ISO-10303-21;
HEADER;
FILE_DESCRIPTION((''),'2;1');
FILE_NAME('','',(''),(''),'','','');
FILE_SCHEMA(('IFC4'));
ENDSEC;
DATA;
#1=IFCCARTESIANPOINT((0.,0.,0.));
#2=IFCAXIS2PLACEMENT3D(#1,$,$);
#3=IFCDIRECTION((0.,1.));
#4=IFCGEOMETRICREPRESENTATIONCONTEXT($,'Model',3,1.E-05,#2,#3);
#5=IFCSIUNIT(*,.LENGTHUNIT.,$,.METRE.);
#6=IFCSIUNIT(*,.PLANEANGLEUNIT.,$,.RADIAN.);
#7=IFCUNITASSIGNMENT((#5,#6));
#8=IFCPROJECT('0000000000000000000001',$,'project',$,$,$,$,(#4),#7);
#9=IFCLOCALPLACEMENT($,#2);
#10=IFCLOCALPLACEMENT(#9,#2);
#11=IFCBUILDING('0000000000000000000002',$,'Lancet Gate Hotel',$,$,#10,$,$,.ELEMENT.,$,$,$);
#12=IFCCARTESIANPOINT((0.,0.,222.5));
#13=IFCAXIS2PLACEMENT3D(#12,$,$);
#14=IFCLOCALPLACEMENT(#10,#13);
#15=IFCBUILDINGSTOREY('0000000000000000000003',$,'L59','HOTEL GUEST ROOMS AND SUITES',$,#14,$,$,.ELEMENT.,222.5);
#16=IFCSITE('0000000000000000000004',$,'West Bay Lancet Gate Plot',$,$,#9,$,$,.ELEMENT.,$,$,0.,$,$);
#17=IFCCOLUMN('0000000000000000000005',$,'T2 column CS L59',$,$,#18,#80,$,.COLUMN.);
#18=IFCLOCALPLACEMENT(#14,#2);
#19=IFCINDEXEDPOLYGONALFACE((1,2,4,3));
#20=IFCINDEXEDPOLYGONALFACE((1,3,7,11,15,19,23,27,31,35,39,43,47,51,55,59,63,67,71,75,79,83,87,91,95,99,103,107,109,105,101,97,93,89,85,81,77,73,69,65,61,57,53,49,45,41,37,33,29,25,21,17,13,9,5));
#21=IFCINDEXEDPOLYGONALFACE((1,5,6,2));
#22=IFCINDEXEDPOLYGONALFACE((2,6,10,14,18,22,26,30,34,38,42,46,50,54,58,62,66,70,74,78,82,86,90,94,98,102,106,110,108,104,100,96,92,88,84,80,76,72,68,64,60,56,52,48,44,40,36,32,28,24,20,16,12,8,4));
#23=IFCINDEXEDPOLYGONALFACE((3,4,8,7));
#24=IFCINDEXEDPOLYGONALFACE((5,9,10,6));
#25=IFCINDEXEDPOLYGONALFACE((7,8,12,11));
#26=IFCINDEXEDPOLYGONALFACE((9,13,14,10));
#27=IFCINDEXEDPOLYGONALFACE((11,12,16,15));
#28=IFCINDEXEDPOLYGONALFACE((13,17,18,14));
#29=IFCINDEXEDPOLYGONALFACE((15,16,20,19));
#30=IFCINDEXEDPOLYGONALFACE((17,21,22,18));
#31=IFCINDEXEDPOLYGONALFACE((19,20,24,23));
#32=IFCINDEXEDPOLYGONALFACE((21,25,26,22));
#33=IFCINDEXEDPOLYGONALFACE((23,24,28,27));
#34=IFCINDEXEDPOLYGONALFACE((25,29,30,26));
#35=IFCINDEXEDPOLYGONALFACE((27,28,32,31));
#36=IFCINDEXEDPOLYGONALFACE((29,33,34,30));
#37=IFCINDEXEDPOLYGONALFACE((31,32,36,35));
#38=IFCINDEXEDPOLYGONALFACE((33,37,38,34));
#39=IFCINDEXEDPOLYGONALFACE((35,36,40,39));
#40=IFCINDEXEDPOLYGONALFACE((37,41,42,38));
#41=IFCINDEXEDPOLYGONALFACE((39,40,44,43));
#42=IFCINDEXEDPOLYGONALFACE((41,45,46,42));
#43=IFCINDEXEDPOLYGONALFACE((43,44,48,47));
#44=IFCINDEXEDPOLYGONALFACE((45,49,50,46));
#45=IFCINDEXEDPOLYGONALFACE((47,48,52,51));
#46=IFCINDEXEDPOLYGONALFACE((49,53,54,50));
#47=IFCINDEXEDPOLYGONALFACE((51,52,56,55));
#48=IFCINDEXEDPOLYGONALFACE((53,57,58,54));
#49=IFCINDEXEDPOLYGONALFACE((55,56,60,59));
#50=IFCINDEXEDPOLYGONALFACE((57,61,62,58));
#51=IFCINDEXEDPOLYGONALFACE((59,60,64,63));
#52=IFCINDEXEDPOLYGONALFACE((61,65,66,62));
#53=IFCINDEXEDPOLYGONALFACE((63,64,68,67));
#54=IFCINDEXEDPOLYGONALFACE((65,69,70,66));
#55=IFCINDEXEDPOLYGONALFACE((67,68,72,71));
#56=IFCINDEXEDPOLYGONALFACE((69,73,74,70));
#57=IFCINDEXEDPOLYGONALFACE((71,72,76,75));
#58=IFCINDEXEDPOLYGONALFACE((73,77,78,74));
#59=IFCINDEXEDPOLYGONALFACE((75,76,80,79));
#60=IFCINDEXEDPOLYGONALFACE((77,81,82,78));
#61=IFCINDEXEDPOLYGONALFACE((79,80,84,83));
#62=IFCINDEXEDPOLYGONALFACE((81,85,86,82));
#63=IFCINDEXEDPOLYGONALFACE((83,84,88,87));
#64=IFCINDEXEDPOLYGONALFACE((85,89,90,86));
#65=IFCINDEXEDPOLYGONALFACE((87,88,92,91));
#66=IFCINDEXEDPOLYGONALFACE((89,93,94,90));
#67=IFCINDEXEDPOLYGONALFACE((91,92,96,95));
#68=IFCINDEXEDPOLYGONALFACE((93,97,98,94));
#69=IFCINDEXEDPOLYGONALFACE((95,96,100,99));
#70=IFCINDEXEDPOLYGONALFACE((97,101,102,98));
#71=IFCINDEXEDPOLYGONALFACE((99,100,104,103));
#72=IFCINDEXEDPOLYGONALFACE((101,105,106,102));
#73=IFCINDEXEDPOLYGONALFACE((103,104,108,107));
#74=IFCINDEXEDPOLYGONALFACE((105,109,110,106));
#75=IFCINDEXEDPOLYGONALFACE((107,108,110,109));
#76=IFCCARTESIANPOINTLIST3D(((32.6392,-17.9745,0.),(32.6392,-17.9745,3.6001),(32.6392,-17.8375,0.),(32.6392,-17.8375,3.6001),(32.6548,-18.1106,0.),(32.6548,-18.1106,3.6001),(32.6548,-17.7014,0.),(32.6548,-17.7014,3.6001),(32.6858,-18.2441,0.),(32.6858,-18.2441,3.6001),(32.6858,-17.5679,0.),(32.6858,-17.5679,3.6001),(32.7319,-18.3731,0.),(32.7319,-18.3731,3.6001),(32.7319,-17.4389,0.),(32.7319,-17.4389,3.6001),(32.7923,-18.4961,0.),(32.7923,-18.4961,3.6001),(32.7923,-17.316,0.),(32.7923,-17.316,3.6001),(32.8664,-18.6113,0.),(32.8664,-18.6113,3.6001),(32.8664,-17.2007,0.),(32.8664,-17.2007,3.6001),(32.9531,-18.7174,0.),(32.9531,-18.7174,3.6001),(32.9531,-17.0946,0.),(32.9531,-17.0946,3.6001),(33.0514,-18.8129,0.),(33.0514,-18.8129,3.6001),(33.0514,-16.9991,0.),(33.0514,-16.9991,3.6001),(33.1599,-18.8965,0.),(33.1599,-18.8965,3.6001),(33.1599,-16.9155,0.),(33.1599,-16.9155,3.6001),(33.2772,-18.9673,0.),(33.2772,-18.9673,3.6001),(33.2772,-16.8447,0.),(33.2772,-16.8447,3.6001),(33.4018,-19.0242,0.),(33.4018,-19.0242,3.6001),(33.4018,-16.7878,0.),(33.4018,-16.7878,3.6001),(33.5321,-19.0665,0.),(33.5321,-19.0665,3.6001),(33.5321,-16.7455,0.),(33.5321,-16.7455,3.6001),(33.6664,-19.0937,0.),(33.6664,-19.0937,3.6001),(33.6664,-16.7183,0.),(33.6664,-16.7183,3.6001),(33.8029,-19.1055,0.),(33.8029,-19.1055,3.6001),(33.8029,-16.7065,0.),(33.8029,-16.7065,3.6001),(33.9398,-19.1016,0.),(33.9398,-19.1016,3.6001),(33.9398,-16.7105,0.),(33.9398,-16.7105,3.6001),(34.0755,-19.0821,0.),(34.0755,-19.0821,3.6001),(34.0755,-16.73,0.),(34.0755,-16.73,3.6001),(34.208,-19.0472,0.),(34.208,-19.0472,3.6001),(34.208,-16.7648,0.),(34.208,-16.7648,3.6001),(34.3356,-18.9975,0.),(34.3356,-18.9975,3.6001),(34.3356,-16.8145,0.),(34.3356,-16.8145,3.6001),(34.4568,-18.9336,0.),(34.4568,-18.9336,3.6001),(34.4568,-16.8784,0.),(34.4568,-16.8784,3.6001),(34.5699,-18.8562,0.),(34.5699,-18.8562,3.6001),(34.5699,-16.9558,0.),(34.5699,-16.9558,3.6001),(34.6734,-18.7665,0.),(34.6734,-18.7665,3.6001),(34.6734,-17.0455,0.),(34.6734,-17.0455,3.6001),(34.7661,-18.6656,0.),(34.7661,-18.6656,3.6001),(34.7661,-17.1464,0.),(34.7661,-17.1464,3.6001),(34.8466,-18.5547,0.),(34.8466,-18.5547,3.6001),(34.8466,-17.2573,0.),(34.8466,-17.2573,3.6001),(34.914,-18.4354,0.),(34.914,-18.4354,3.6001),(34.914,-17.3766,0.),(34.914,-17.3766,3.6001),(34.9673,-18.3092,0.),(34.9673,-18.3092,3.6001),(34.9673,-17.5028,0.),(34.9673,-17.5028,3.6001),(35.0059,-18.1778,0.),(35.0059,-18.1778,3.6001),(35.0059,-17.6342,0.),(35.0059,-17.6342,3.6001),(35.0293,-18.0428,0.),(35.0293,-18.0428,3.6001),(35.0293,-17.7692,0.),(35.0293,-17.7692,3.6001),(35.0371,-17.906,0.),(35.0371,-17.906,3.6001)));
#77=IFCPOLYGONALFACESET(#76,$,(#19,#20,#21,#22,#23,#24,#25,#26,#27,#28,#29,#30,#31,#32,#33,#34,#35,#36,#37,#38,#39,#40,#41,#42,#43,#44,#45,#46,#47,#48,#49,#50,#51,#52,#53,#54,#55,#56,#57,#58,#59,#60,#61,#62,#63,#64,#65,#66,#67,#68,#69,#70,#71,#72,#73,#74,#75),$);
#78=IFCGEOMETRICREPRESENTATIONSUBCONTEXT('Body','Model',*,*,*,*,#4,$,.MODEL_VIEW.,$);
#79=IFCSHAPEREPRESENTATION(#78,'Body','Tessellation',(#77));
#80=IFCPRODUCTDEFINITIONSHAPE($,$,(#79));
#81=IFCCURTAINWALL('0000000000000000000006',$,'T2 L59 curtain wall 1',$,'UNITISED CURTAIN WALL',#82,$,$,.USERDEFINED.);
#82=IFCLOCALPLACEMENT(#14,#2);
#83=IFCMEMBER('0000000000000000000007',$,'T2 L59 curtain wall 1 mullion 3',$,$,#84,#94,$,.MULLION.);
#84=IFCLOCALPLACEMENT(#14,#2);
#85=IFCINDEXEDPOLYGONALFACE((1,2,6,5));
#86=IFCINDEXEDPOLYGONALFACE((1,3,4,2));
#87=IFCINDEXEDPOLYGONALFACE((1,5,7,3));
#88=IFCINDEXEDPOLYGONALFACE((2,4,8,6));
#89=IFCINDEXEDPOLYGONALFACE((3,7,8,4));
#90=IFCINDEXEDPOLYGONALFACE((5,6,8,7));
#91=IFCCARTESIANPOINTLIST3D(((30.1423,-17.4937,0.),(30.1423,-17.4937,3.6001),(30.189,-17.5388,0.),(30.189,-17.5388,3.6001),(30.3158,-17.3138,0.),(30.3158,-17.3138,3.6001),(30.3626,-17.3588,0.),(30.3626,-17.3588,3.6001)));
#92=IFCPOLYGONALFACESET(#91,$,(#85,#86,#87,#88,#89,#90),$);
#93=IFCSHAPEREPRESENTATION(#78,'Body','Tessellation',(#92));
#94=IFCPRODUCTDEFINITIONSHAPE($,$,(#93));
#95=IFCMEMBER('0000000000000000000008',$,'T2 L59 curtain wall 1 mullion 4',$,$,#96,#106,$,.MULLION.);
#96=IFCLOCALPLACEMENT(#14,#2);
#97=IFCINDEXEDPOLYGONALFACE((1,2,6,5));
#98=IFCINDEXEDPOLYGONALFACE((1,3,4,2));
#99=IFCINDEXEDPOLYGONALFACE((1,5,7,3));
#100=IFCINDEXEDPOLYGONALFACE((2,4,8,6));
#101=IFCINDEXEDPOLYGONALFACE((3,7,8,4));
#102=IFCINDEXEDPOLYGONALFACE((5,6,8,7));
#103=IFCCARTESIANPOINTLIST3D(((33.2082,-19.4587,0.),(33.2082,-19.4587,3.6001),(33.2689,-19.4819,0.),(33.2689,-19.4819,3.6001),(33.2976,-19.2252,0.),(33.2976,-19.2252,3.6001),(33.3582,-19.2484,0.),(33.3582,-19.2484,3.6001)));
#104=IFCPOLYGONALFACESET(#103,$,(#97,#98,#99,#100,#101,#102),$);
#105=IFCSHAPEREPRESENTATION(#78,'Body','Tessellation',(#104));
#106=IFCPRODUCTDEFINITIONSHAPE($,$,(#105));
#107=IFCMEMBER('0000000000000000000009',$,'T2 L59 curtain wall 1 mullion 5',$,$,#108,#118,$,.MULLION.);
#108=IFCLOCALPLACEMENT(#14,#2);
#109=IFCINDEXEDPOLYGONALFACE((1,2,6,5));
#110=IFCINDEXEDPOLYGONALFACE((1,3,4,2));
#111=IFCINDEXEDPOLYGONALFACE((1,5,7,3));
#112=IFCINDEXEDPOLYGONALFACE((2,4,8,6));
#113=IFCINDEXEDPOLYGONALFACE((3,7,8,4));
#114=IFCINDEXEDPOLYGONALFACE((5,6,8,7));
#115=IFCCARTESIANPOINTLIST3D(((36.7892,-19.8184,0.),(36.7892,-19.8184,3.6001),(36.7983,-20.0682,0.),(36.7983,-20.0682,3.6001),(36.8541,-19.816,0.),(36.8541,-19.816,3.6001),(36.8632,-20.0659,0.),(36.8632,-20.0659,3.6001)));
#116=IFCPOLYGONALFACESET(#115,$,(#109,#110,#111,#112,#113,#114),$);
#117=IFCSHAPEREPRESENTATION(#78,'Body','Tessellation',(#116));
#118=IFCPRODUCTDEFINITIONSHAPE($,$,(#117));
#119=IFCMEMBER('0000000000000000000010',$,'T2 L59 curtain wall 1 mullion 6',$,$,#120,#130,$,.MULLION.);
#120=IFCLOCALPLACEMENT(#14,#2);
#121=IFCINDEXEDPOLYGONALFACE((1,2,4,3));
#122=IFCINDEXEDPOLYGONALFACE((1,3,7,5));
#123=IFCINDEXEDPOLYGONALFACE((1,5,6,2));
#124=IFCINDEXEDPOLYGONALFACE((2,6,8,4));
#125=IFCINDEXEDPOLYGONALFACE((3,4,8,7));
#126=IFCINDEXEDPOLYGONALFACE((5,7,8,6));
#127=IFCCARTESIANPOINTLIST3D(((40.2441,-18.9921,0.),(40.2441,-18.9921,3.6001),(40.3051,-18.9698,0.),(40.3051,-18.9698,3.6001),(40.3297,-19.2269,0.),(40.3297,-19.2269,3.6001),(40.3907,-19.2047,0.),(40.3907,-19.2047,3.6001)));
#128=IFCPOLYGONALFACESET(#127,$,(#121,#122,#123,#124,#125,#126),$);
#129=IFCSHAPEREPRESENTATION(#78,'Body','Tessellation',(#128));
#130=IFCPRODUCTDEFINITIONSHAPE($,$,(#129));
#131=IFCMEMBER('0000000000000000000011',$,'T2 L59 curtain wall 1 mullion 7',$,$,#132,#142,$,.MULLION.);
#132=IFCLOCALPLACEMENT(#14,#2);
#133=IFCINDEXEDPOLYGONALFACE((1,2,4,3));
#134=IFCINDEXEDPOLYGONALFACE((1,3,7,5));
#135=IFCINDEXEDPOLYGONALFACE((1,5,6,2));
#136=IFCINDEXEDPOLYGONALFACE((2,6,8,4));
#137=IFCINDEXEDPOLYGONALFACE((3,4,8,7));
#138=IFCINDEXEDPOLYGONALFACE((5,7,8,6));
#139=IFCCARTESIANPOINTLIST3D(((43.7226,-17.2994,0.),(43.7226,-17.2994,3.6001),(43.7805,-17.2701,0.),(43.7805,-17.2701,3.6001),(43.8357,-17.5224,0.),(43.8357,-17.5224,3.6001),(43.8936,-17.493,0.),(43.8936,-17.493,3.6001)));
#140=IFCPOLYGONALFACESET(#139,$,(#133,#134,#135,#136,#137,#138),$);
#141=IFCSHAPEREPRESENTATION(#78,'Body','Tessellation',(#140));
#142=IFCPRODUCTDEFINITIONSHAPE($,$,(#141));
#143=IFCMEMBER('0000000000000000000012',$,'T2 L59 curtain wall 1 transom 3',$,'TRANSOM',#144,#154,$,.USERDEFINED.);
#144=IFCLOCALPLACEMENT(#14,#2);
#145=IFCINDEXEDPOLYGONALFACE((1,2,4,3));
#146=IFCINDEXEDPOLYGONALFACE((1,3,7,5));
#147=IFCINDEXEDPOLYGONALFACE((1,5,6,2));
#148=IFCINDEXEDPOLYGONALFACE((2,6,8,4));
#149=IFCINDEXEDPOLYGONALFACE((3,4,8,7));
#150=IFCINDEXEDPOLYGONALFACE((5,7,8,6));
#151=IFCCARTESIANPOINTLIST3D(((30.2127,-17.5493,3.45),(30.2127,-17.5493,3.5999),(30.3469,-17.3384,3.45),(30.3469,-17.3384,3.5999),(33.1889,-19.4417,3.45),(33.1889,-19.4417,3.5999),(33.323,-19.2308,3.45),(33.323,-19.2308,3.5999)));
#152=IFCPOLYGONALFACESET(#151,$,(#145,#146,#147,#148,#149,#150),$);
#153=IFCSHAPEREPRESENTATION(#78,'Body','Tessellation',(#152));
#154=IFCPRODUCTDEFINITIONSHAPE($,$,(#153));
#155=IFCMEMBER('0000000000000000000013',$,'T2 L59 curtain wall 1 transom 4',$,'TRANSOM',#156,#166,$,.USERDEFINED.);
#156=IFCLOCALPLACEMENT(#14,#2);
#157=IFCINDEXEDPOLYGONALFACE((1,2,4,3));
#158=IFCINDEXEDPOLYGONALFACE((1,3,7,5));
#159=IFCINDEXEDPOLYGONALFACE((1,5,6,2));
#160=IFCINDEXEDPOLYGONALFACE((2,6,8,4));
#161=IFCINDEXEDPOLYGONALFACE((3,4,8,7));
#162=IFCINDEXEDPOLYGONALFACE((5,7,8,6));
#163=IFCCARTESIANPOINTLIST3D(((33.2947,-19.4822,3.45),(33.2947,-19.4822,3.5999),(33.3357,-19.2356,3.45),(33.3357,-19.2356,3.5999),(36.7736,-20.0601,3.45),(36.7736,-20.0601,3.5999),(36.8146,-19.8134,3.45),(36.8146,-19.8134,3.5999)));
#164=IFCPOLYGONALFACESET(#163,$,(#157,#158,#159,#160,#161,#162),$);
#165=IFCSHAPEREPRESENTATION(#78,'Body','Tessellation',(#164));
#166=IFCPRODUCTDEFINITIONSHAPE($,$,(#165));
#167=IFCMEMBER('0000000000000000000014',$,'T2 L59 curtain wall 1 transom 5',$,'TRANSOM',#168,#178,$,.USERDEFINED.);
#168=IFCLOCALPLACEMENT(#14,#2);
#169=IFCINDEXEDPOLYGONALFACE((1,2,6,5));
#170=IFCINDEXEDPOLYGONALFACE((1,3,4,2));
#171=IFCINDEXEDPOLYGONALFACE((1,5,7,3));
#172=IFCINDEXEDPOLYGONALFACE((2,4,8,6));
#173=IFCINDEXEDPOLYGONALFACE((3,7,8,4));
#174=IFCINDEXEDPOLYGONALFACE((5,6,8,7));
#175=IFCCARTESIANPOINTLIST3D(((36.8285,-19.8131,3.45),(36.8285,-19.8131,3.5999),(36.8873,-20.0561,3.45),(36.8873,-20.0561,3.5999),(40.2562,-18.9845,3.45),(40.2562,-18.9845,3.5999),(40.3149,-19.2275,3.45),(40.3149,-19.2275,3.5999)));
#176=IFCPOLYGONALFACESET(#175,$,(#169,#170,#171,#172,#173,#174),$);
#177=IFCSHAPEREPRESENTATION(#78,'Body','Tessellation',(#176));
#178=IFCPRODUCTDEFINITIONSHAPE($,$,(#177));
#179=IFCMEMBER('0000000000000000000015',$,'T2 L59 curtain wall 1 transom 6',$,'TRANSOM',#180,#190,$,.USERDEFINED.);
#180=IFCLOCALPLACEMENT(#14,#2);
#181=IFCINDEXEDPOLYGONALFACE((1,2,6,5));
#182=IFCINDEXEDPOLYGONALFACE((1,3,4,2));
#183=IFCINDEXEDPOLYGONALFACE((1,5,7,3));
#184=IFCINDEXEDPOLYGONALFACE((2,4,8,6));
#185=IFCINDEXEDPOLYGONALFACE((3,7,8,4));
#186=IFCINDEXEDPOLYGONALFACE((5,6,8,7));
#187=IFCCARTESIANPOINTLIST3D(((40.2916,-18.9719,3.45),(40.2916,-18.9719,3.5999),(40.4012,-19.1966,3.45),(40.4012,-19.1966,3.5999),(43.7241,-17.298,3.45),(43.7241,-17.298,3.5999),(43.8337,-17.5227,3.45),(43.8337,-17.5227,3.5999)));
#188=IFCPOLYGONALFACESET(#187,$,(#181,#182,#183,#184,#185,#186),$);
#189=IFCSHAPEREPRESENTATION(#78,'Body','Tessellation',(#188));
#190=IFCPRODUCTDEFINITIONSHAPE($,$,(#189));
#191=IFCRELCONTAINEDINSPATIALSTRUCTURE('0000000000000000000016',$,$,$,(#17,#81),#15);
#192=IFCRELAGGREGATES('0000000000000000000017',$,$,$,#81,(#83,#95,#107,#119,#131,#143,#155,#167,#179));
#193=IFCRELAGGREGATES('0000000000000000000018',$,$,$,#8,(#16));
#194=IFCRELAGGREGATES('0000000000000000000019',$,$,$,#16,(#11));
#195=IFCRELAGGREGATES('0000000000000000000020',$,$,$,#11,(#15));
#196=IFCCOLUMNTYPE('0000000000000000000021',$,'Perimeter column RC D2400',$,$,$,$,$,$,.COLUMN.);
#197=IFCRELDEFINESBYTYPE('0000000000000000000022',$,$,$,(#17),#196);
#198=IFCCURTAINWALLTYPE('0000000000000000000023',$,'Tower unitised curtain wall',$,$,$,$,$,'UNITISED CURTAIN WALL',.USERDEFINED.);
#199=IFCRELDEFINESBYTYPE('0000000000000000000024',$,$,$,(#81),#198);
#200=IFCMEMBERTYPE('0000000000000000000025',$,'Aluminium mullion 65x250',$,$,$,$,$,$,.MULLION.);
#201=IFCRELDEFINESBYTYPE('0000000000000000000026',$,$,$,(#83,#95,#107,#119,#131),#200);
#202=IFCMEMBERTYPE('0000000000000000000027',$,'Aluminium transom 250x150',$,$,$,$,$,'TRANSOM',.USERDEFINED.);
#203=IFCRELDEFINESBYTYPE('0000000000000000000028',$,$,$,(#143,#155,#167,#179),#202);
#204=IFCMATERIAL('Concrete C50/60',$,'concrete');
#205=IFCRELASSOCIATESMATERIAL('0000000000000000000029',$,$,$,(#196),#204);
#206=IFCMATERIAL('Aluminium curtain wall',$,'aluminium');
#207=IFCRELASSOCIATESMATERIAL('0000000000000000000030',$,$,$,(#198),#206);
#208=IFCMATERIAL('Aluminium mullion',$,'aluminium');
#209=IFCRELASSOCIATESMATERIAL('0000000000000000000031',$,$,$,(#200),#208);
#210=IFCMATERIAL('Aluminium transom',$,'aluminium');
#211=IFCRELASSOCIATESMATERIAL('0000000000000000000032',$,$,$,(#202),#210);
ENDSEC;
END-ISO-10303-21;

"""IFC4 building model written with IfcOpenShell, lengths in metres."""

from ifc_helpers import new_model, si_unit, direction, frame, origin, origin_2d, place, context, subcontext, project, spatial, rectangle, circle, extrude, material, material_profile, profile_set, type_object, element, aggregate, save


model = new_model("IFC4")

# Units and contexts
model_context = context("Model", 3, precision=1e-05, world=origin(), true_north=direction((0.0, 1.0)))
body_context = subcontext(model_context, "Body", "Model", "MODEL_VIEW")
ifc_project = project(units=[si_unit("LENGTHUNIT", "METRE"), si_unit("PLANEANGLEUNIT", "RADIAN")], contexts=[model_context])

# Site, building, storey
site_placement = place(None, origin())
site = spatial("IfcSite", under=ifc_project, at=site_placement, Name="West Bay Lancet Gate Plot", CompositionType="ELEMENT", RefElevation=0.0)
building_placement = place(site_placement, origin())
building = spatial("IfcBuilding", under=site, at=building_placement, Name="Lancet Gate Hotel", CompositionType="ELEMENT")
storey_placement = place(building_placement, frame((0.0, 0.0, 222.5)))
storey = spatial("IfcBuildingStorey", under=building, at=storey_placement, Name="L59", Description="HOTEL GUEST ROOMS AND SUITES", CompositionType="ELEMENT", Elevation=222.5)

# Column
ifc_material_1 = material(Name="Concrete C50/60", Category="concrete")
ifc_material_profile_1 = material_profile(ifc_material_1, circle(Radius=1.2, at=origin_2d()), Name="RC D2400")
ifc_profile_set_1 = profile_set([ifc_material_profile_1], Name="Concrete C50/60")
column_type = type_object("IfcColumnType", Name="Perimeter column RC D2400", PredefinedType="COLUMN", material=ifc_profile_set_1)
column_placement = place(storey_placement, frame((33.8372, -17.906, 0.0), z_axis=(0.0, 0.0, 1.0), x_axis=(1.0, 0.0, 0.0)))
element("IfcColumn", 1, at=column_placement, inside=storey, type_object=column_type, Name="T2 column CS L59", PredefinedType="COLUMN", context=body_context, shape_type="SweptSolid", body=[
    extrude(circle(Radius=1.2, at=origin_2d()), origin(), (0.0, 0.0, 1.0), 3.6001),
])

# Curtain wall, members
ifc_material_2 = material(Name="Aluminium curtain wall", Category="aluminium")
curtain_wall_type = type_object("IfcCurtainWallType", Name="Tower unitised curtain wall", ElementType="UNITISED CURTAIN WALL", PredefinedType="USERDEFINED", material=ifc_material_2)
curtain_wall_placement = place(storey_placement, origin())
curtain_wall = element("IfcCurtainWall", 2, at=curtain_wall_placement, inside=storey, type_object=curtain_wall_type, Name="T2 L59 curtain wall 1", ObjectType="UNITISED CURTAIN WALL", PredefinedType="USERDEFINED")
ifc_material_3 = material(Name="Aluminium mullion", Category="aluminium")
ifc_material_profile_2 = material_profile(ifc_material_3, rectangle(XDim=0.0649, YDim=0.25, at=origin_2d()), Name="MULLION 65x250")
ifc_profile_set_2 = profile_set([ifc_material_profile_2], Name="Aluminium mullion")
member_type_1 = type_object("IfcMemberType", Name="Aluminium mullion 65x250", PredefinedType="MULLION", material=ifc_profile_set_2)
member_1_placement = place(storey_placement, frame((30.2524, -17.4263, 0.0), z_axis=(0.0, 0.0, 1.0), x_axis=(0.719809, -0.694172, 0.0)))
member_1 = element("IfcMember", 3, at=member_1_placement, type_object=member_type_1, Name="T2 L59 curtain wall 1 mullion 3", PredefinedType="MULLION", context=body_context, shape_type="SweptSolid", body=[
    extrude(rectangle(XDim=0.0649, YDim=0.25, at=origin_2d()), origin(), (0.0, 0.0, 1.0), 3.6001),
])
member_2_placement = place(storey_placement, frame((33.2832, -19.3535, 0.0), z_axis=(0.0, 0.0, 1.0), x_axis=(0.933943, -0.357421, 0.0)))
member_2 = element("IfcMember", 4, at=member_2_placement, type_object=member_type_1, Name="T2 L59 curtain wall 1 mullion 4", PredefinedType="MULLION", context=body_context, shape_type="SweptSolid", body=[
    extrude(rectangle(XDim=0.0649, YDim=0.25, at=origin_2d()), origin(), (0.0, 0.0, 1.0), 3.6001),
])
member_3_placement = place(storey_placement, frame((36.8262, -19.9421, 0.0), z_axis=(0.0, 0.0, 1.0), x_axis=(0.999343, 0.03625, 0.0)))
member_3 = element("IfcMember", 5, at=member_3_placement, type_object=member_type_1, Name="T2 L59 curtain wall 1 mullion 5", PredefinedType="MULLION", context=body_context, shape_type="SweptSolid", body=[
    extrude(rectangle(XDim=0.0649, YDim=0.25, at=origin_2d()), origin(), (0.0, 0.0, 1.0), 3.6001),
])
member_4_placement = place(storey_placement, frame((40.3174, -19.0984, 0.0), z_axis=(0.0, 0.0, 1.0), x_axis=(0.939484, 0.342593, 0.0)))
member_4 = element("IfcMember", 6, at=member_4_placement, type_object=member_type_1, Name="T2 L59 curtain wall 1 mullion 6", PredefinedType="MULLION", context=body_context, shape_type="SweptSolid", body=[
    extrude(rectangle(XDim=0.0649, YDim=0.25, at=origin_2d()), origin(), (0.0, 0.0, 1.0), 3.6001),
])
member_5_placement = place(storey_placement, frame((43.8081, -17.3962, 0.0), z_axis=(0.0, 0.0, 1.0), x_axis=(0.891833, 0.452365, 0.0)))
member_5 = element("IfcMember", 7, at=member_5_placement, type_object=member_type_1, Name="T2 L59 curtain wall 1 mullion 7", PredefinedType="MULLION", context=body_context, shape_type="SweptSolid", body=[
    extrude(rectangle(XDim=0.0649, YDim=0.25, at=origin_2d()), origin(), (0.0, 0.0, 1.0), 3.6001),
])
ifc_material_4 = material(Name="Aluminium transom", Category="aluminium")
ifc_material_profile_3 = material_profile(ifc_material_4, rectangle(XDim=0.25, YDim=0.1499, at=origin_2d()), Name="TRANSOM 250x150")
ifc_profile_set_3 = profile_set([ifc_material_profile_3], Name="Aluminium transom")
member_type_2 = type_object("IfcMemberType", Name="Aluminium transom 250x150", ElementType="TRANSOM", PredefinedType="USERDEFINED", material=ifc_profile_set_3)
member_6_placement = place(storey_placement, frame((30.2798, -17.4438, 3.5249), z_axis=(0.843858, -0.536566, 0.0), x_axis=(0.536566, 0.843858, 0.0)))
member_6 = element("IfcMember", 8, at=member_6_placement, type_object=member_type_2, Name="T2 L59 curtain wall 1 transom 3", ObjectType="TRANSOM", PredefinedType="USERDEFINED", context=body_context, shape_type="SweptSolid", body=[
    extrude(rectangle(XDim=0.25, YDim=0.1499, at=origin_2d()), origin(), (0.0, 0.0, 1.0), 3.5269),
])
member_7_placement = place(storey_placement, frame((33.3152, -19.3589, 3.5249), z_axis=(0.986484, -0.16386, 0.0), x_axis=(0.16386, 0.986484, 0.0)))
member_7 = element("IfcMember", 9, at=member_7_placement, type_object=member_type_2, Name="T2 L59 curtain wall 1 transom 4", ObjectType="TRANSOM", PredefinedType="USERDEFINED", context=body_context, shape_type="SweptSolid", body=[
    extrude(rectangle(XDim=0.25, YDim=0.1499, at=origin_2d()), origin(), (0.0, 0.0, 1.0), 3.5266),
])
member_8_placement = place(storey_placement, frame((36.8579, -19.9346, 3.5249), z_axis=(0.972003, 0.23497, 0.0), x_axis=(-0.23497, 0.972003, 0.0)))
member_8 = element("IfcMember", 10, at=member_8_placement, type_object=member_type_2, Name="T2 L59 curtain wall 1 transom 5", ObjectType="TRANSOM", PredefinedType="USERDEFINED", context=body_context, shape_type="SweptSolid", body=[
    extrude(rectangle(XDim=0.25, YDim=0.1499, at=origin_2d()), origin(), (0.0, 0.0, 1.0), 3.5264),
])
member_9_placement = place(storey_placement, frame((40.3464, -19.0842, 3.5249), z_axis=(0.89882, 0.438318, 0.0), x_axis=(-0.438318, 0.89882, 0.0)))
member_9 = element("IfcMember", 11, at=member_9_placement, type_object=member_type_2, Name="T2 L59 curtain wall 1 transom 6", ObjectType="TRANSOM", PredefinedType="USERDEFINED", context=body_context, shape_type="SweptSolid", body=[
    extrude(rectangle(XDim=0.25, YDim=0.1499, at=origin_2d()), origin(), (0.0, 0.0, 1.0), 3.8188),
])

aggregate(curtain_wall, [member_1, member_2, member_3, member_4, member_5, member_6, member_7, member_8, member_9])

save(model, "model.ifc")
